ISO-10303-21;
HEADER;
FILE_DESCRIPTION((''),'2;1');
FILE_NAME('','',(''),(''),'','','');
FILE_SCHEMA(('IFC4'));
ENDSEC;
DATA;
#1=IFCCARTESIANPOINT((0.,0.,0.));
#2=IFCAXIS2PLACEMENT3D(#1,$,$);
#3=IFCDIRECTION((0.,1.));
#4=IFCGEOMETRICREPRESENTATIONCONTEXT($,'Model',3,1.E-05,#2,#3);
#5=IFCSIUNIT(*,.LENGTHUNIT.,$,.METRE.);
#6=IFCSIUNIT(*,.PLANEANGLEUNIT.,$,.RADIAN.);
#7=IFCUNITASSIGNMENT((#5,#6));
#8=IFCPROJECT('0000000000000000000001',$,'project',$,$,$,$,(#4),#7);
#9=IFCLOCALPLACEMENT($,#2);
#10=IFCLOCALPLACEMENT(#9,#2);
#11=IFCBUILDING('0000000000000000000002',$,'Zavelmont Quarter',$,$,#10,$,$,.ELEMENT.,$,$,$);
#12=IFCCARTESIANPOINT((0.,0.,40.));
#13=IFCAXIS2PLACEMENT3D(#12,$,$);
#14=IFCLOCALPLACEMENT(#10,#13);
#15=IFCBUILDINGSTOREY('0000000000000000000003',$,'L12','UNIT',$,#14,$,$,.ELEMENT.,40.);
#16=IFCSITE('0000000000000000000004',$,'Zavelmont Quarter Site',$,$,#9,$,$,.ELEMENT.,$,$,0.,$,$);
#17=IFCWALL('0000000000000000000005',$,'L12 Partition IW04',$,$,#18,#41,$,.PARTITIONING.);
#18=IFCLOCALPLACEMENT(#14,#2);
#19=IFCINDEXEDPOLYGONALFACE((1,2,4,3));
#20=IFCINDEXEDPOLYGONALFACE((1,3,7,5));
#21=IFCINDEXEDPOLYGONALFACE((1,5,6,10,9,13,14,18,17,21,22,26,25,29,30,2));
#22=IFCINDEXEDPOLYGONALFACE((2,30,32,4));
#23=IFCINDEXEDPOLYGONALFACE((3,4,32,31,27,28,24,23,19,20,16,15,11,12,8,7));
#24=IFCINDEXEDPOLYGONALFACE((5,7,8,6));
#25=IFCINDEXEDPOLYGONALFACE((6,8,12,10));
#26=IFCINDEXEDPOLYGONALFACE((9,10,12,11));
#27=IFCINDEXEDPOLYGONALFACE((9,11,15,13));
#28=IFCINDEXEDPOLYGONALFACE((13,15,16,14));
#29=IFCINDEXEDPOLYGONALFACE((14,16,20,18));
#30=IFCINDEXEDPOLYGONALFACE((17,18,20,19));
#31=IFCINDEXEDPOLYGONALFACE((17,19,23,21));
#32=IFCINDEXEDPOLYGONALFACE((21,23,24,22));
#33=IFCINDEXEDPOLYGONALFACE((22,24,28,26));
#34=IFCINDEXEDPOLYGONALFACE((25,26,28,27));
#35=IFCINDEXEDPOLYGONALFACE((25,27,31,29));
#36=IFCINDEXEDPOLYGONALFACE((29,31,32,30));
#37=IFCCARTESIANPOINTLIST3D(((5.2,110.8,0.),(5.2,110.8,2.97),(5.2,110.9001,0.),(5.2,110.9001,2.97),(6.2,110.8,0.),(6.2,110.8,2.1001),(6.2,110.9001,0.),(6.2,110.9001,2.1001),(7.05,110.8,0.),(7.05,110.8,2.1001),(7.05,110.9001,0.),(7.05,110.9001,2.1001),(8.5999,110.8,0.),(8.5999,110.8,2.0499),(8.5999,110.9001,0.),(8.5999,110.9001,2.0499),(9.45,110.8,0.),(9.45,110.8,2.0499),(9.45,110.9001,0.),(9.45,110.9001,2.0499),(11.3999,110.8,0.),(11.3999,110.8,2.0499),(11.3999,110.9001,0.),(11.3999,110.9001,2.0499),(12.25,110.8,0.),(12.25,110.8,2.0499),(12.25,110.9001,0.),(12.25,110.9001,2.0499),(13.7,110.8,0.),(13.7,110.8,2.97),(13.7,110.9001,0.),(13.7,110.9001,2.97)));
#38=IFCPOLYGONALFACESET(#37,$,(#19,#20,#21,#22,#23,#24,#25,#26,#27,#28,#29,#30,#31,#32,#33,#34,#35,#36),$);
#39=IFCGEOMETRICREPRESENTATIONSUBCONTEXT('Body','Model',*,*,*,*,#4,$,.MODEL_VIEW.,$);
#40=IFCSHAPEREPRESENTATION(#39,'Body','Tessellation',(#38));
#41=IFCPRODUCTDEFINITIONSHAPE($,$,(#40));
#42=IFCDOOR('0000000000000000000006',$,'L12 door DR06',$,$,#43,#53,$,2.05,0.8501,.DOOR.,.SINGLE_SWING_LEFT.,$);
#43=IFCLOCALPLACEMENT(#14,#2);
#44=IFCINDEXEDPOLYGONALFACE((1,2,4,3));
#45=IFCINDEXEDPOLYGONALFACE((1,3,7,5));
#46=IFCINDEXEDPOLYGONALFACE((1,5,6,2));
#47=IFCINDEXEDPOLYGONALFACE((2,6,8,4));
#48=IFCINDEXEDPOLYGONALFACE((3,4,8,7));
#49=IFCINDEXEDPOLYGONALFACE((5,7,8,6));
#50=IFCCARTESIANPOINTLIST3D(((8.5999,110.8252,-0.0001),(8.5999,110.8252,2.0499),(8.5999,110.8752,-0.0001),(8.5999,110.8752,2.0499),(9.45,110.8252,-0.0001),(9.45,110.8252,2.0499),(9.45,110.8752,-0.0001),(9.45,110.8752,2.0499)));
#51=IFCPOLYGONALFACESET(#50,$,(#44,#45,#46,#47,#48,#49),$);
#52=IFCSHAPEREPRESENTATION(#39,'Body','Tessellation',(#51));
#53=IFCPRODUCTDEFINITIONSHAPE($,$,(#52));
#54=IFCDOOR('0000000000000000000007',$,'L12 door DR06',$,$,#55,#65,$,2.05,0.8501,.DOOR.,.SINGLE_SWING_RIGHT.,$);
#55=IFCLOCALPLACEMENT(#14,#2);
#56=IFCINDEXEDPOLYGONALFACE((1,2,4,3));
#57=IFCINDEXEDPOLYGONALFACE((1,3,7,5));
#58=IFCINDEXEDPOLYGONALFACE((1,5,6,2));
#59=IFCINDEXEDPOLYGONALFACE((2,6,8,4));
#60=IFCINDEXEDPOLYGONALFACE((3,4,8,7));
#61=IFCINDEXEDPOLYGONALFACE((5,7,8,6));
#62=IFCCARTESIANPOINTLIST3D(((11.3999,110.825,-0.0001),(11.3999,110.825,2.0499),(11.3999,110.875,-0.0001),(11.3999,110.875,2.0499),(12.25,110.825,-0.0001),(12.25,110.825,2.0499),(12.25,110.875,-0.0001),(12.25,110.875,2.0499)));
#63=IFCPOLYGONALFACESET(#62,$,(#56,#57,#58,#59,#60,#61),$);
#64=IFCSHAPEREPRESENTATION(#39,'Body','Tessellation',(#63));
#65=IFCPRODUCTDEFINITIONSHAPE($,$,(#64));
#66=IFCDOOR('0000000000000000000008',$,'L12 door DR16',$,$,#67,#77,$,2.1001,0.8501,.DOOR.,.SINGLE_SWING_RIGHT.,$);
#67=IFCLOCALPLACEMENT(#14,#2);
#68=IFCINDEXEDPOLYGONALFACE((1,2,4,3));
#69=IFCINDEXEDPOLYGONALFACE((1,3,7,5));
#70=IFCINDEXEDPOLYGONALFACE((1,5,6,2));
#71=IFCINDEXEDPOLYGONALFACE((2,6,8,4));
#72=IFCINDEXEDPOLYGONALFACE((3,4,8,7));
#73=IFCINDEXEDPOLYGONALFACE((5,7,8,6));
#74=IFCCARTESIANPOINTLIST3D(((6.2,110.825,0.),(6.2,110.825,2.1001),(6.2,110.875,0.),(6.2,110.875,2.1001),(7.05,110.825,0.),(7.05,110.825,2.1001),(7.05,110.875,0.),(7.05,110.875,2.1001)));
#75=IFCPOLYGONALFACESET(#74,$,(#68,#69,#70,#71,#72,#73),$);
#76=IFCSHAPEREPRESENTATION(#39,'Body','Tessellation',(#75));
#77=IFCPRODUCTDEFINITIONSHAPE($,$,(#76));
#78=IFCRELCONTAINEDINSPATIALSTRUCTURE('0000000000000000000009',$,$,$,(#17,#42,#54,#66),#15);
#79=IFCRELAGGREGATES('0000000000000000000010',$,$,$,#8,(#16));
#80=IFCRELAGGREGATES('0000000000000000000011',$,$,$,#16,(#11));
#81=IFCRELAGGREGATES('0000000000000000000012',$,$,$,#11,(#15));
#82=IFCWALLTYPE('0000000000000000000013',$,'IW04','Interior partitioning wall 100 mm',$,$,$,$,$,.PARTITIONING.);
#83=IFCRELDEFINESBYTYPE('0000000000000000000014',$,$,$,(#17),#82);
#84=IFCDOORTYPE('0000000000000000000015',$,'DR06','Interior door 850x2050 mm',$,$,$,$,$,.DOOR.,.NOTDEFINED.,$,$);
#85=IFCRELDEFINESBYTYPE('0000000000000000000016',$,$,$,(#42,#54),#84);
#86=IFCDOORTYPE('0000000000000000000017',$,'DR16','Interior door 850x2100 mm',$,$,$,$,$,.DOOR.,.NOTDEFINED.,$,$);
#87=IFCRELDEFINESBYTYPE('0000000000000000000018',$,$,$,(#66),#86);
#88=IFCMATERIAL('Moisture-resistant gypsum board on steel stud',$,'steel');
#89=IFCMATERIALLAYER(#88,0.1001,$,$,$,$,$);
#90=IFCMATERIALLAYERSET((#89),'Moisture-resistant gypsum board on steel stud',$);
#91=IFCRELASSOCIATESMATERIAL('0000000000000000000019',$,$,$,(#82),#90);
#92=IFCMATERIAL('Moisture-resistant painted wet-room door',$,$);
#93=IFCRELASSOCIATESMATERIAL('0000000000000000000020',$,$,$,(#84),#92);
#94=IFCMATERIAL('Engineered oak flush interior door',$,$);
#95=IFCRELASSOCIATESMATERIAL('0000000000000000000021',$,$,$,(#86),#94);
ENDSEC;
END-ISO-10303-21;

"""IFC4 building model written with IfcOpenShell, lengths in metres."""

from ifc_helpers import new_model, si_unit, direction, frame, frame_2d, origin, origin_with_axes, place, context, subcontext, project, spatial, rectangle, extrude, material, layer, layer_set, type_object, element, fill, save


model = new_model("IFC4")

# Units and contexts
model_context = context("Model", 3, precision=1e-05, world=origin(), true_north=direction((0.0, 1.0)))
body_context = subcontext(model_context, "Body", "Model", "MODEL_VIEW")
ifc_project = project(units=[si_unit("LENGTHUNIT", "METRE"), si_unit("PLANEANGLEUNIT", "RADIAN")], contexts=[model_context])

# Site, building, storey
site_placement = place(None, origin())
site = spatial("IfcSite", under=ifc_project, at=site_placement, Name="Zavelmont Quarter Site", CompositionType="ELEMENT", RefElevation=0.0)
building_placement = place(site_placement, origin())
building = spatial("IfcBuilding", under=site, at=building_placement, Name="Zavelmont Quarter", CompositionType="ELEMENT")
storey_placement = place(building_placement, frame((0.0, 0.0, 40.0)))
storey = spatial("IfcBuildingStorey", under=building, at=storey_placement, Name="L12", Description="UNIT", CompositionType="ELEMENT", Elevation=40.0)

# Shared definitions
ifc_material_1 = material(Name="Engineered oak flush interior door")

# Wall, openings, doors
ifc_material_2 = material(Name="Moisture-resistant gypsum board on steel stud", Category="steel")
ifc_layer_1 = layer(ifc_material_2, 0.1001)
ifc_layer_set_1 = layer_set([ifc_layer_1], Name="Moisture-resistant gypsum board on steel stud")
wall_type_1 = type_object("IfcWallType", Name="IW04", Description="Interior partitioning wall 100 mm", PredefinedType="PARTITIONING", material=ifc_layer_set_1)
wall_1_placement = place(storey_placement, frame((5.2, 110.8501, 0.0), z_axis=(0.0, 0.0, 1.0), x_axis=(1.0, 0.0, 0.0)))
wall_1 = element("IfcWall", 1, at=wall_1_placement, inside=storey, type_object=wall_type_1, Name="L12 Partition IW04", PredefinedType="PARTITIONING", context=body_context, shape_type="SweptSolid", body=[
    extrude(rectangle(XDim=8.5, YDim=0.1001, at=frame_2d((4.25, 0.0))), origin(), (0.0, 0.0, 1.0), 2.97),
])
opening_1_placement = place(wall_1_placement, frame((1.0, 0.0, 0.0)))
opening_1 = element("IfcOpeningElement", 2, at=opening_1_placement, cuts=wall_1, PredefinedType="OPENING", context=body_context, shape_type="SweptSolid", body=[
    extrude(rectangle(XDim=0.8501, YDim=2.1001, at=frame_2d((0.425, 1.05))), frame((0.0, 0.062, 0.0), z_axis=(0.0, -1.0, 0.0), x_axis=(1.0, 0.0, 0.0)), (0.0, 0.0, 1.0), 0.124),
])
opening_2_placement = place(wall_1_placement, frame((3.3999, 0.0, 0.0)))
opening_2 = element("IfcOpeningElement", 3, at=opening_2_placement, cuts=wall_1, PredefinedType="OPENING", context=body_context, shape_type="SweptSolid", body=[
    extrude(rectangle(XDim=0.8501, YDim=2.05, at=frame_2d((0.425, 1.0249))), frame((0.0, 0.062, 0.0), z_axis=(0.0, -1.0, 0.0), x_axis=(1.0, 0.0, 0.0)), (0.0, 0.0, 1.0), 0.124),
])
opening_3_placement = place(wall_1_placement, frame((6.2, 0.0, 0.0)))
opening_3 = element("IfcOpeningElement", 4, at=opening_3_placement, cuts=wall_1, PredefinedType="OPENING", context=body_context, shape_type="SweptSolid", body=[
    extrude(rectangle(XDim=0.8501, YDim=2.05, at=frame_2d((0.425, 1.0249))), frame((0.0, 0.062, 0.0), z_axis=(0.0, -1.0, 0.0), x_axis=(1.0, 0.0, 0.0)), (0.0, 0.0, 1.0), 0.124),
])
ifc_material_3 = material(Name="Moisture-resistant painted wet-room door")
door_type_1 = type_object("IfcDoorType", Name="DR06", Description="Interior door 850x2050 mm", OperationType="NOTDEFINED", PredefinedType="DOOR", material=ifc_material_3)
door_1_placement = place(opening_2_placement, frame((0.8501, 0.0, 0.0), z_axis=(0.0, 0.0, 1.0), x_axis=(-1.0, 0.0, 0.0)))
door_1 = element("IfcDoor", 5, at=door_1_placement, inside=storey, type_object=door_type_1, Name="L12 door DR06", OperationType="SINGLE_SWING_LEFT", OverallHeight=2.05, OverallWidth=0.8501, PredefinedType="DOOR", context=body_context, shape_type="SweptSolid", body=[
    extrude(rectangle(XDim=0.8501, YDim=2.05, at=frame_2d((0.425, 1.0249))), frame((0.0, 0.0249, 0.0), z_axis=(0.0, -1.0, 0.0), x_axis=(1.0, 0.0, 0.0)), (0.0, 0.0, 1.0), 0.05),
])
fill(opening_2, door_1)
door_2_placement = place(opening_3_placement, origin_with_axes())
door_2 = element("IfcDoor", 6, at=door_2_placement, inside=storey, type_object=door_type_1, Name="L12 door DR06", OperationType="SINGLE_SWING_RIGHT", OverallHeight=2.05, OverallWidth=0.8501, PredefinedType="DOOR", context=body_context, shape_type="SweptSolid", body=[
    extrude(rectangle(XDim=0.8501, YDim=2.05, at=frame_2d((0.425, 1.0249))), frame((0.0, 0.0249, 0.0), z_axis=(0.0, -1.0, 0.0), x_axis=(1.0, 0.0, 0.0)), (0.0, 0.0, 1.0), 0.05),
])
fill(opening_3, door_2)
door_type_2 = type_object("IfcDoorType", Name="DR16", Description="Interior door 850x2100 mm", OperationType="NOTDEFINED", PredefinedType="DOOR", material=ifc_material_1)
door_3_placement = place(opening_1_placement, origin_with_axes())
door_3 = element("IfcDoor", 7, at=door_3_placement, inside=storey, type_object=door_type_2, Name="L12 door DR16", OperationType="SINGLE_SWING_RIGHT", OverallHeight=2.1001, OverallWidth=0.8501, PredefinedType="DOOR", context=body_context, shape_type="SweptSolid", body=[
    extrude(rectangle(XDim=0.8501, YDim=2.1001, at=frame_2d((0.425, 1.05))), frame((0.0, 0.0249, 0.0), z_axis=(0.0, -1.0, 0.0), x_axis=(1.0, 0.0, 0.0)), (0.0, 0.0, 1.0), 0.05),
])
fill(opening_1, door_3)

save(model, "model.ifc")
